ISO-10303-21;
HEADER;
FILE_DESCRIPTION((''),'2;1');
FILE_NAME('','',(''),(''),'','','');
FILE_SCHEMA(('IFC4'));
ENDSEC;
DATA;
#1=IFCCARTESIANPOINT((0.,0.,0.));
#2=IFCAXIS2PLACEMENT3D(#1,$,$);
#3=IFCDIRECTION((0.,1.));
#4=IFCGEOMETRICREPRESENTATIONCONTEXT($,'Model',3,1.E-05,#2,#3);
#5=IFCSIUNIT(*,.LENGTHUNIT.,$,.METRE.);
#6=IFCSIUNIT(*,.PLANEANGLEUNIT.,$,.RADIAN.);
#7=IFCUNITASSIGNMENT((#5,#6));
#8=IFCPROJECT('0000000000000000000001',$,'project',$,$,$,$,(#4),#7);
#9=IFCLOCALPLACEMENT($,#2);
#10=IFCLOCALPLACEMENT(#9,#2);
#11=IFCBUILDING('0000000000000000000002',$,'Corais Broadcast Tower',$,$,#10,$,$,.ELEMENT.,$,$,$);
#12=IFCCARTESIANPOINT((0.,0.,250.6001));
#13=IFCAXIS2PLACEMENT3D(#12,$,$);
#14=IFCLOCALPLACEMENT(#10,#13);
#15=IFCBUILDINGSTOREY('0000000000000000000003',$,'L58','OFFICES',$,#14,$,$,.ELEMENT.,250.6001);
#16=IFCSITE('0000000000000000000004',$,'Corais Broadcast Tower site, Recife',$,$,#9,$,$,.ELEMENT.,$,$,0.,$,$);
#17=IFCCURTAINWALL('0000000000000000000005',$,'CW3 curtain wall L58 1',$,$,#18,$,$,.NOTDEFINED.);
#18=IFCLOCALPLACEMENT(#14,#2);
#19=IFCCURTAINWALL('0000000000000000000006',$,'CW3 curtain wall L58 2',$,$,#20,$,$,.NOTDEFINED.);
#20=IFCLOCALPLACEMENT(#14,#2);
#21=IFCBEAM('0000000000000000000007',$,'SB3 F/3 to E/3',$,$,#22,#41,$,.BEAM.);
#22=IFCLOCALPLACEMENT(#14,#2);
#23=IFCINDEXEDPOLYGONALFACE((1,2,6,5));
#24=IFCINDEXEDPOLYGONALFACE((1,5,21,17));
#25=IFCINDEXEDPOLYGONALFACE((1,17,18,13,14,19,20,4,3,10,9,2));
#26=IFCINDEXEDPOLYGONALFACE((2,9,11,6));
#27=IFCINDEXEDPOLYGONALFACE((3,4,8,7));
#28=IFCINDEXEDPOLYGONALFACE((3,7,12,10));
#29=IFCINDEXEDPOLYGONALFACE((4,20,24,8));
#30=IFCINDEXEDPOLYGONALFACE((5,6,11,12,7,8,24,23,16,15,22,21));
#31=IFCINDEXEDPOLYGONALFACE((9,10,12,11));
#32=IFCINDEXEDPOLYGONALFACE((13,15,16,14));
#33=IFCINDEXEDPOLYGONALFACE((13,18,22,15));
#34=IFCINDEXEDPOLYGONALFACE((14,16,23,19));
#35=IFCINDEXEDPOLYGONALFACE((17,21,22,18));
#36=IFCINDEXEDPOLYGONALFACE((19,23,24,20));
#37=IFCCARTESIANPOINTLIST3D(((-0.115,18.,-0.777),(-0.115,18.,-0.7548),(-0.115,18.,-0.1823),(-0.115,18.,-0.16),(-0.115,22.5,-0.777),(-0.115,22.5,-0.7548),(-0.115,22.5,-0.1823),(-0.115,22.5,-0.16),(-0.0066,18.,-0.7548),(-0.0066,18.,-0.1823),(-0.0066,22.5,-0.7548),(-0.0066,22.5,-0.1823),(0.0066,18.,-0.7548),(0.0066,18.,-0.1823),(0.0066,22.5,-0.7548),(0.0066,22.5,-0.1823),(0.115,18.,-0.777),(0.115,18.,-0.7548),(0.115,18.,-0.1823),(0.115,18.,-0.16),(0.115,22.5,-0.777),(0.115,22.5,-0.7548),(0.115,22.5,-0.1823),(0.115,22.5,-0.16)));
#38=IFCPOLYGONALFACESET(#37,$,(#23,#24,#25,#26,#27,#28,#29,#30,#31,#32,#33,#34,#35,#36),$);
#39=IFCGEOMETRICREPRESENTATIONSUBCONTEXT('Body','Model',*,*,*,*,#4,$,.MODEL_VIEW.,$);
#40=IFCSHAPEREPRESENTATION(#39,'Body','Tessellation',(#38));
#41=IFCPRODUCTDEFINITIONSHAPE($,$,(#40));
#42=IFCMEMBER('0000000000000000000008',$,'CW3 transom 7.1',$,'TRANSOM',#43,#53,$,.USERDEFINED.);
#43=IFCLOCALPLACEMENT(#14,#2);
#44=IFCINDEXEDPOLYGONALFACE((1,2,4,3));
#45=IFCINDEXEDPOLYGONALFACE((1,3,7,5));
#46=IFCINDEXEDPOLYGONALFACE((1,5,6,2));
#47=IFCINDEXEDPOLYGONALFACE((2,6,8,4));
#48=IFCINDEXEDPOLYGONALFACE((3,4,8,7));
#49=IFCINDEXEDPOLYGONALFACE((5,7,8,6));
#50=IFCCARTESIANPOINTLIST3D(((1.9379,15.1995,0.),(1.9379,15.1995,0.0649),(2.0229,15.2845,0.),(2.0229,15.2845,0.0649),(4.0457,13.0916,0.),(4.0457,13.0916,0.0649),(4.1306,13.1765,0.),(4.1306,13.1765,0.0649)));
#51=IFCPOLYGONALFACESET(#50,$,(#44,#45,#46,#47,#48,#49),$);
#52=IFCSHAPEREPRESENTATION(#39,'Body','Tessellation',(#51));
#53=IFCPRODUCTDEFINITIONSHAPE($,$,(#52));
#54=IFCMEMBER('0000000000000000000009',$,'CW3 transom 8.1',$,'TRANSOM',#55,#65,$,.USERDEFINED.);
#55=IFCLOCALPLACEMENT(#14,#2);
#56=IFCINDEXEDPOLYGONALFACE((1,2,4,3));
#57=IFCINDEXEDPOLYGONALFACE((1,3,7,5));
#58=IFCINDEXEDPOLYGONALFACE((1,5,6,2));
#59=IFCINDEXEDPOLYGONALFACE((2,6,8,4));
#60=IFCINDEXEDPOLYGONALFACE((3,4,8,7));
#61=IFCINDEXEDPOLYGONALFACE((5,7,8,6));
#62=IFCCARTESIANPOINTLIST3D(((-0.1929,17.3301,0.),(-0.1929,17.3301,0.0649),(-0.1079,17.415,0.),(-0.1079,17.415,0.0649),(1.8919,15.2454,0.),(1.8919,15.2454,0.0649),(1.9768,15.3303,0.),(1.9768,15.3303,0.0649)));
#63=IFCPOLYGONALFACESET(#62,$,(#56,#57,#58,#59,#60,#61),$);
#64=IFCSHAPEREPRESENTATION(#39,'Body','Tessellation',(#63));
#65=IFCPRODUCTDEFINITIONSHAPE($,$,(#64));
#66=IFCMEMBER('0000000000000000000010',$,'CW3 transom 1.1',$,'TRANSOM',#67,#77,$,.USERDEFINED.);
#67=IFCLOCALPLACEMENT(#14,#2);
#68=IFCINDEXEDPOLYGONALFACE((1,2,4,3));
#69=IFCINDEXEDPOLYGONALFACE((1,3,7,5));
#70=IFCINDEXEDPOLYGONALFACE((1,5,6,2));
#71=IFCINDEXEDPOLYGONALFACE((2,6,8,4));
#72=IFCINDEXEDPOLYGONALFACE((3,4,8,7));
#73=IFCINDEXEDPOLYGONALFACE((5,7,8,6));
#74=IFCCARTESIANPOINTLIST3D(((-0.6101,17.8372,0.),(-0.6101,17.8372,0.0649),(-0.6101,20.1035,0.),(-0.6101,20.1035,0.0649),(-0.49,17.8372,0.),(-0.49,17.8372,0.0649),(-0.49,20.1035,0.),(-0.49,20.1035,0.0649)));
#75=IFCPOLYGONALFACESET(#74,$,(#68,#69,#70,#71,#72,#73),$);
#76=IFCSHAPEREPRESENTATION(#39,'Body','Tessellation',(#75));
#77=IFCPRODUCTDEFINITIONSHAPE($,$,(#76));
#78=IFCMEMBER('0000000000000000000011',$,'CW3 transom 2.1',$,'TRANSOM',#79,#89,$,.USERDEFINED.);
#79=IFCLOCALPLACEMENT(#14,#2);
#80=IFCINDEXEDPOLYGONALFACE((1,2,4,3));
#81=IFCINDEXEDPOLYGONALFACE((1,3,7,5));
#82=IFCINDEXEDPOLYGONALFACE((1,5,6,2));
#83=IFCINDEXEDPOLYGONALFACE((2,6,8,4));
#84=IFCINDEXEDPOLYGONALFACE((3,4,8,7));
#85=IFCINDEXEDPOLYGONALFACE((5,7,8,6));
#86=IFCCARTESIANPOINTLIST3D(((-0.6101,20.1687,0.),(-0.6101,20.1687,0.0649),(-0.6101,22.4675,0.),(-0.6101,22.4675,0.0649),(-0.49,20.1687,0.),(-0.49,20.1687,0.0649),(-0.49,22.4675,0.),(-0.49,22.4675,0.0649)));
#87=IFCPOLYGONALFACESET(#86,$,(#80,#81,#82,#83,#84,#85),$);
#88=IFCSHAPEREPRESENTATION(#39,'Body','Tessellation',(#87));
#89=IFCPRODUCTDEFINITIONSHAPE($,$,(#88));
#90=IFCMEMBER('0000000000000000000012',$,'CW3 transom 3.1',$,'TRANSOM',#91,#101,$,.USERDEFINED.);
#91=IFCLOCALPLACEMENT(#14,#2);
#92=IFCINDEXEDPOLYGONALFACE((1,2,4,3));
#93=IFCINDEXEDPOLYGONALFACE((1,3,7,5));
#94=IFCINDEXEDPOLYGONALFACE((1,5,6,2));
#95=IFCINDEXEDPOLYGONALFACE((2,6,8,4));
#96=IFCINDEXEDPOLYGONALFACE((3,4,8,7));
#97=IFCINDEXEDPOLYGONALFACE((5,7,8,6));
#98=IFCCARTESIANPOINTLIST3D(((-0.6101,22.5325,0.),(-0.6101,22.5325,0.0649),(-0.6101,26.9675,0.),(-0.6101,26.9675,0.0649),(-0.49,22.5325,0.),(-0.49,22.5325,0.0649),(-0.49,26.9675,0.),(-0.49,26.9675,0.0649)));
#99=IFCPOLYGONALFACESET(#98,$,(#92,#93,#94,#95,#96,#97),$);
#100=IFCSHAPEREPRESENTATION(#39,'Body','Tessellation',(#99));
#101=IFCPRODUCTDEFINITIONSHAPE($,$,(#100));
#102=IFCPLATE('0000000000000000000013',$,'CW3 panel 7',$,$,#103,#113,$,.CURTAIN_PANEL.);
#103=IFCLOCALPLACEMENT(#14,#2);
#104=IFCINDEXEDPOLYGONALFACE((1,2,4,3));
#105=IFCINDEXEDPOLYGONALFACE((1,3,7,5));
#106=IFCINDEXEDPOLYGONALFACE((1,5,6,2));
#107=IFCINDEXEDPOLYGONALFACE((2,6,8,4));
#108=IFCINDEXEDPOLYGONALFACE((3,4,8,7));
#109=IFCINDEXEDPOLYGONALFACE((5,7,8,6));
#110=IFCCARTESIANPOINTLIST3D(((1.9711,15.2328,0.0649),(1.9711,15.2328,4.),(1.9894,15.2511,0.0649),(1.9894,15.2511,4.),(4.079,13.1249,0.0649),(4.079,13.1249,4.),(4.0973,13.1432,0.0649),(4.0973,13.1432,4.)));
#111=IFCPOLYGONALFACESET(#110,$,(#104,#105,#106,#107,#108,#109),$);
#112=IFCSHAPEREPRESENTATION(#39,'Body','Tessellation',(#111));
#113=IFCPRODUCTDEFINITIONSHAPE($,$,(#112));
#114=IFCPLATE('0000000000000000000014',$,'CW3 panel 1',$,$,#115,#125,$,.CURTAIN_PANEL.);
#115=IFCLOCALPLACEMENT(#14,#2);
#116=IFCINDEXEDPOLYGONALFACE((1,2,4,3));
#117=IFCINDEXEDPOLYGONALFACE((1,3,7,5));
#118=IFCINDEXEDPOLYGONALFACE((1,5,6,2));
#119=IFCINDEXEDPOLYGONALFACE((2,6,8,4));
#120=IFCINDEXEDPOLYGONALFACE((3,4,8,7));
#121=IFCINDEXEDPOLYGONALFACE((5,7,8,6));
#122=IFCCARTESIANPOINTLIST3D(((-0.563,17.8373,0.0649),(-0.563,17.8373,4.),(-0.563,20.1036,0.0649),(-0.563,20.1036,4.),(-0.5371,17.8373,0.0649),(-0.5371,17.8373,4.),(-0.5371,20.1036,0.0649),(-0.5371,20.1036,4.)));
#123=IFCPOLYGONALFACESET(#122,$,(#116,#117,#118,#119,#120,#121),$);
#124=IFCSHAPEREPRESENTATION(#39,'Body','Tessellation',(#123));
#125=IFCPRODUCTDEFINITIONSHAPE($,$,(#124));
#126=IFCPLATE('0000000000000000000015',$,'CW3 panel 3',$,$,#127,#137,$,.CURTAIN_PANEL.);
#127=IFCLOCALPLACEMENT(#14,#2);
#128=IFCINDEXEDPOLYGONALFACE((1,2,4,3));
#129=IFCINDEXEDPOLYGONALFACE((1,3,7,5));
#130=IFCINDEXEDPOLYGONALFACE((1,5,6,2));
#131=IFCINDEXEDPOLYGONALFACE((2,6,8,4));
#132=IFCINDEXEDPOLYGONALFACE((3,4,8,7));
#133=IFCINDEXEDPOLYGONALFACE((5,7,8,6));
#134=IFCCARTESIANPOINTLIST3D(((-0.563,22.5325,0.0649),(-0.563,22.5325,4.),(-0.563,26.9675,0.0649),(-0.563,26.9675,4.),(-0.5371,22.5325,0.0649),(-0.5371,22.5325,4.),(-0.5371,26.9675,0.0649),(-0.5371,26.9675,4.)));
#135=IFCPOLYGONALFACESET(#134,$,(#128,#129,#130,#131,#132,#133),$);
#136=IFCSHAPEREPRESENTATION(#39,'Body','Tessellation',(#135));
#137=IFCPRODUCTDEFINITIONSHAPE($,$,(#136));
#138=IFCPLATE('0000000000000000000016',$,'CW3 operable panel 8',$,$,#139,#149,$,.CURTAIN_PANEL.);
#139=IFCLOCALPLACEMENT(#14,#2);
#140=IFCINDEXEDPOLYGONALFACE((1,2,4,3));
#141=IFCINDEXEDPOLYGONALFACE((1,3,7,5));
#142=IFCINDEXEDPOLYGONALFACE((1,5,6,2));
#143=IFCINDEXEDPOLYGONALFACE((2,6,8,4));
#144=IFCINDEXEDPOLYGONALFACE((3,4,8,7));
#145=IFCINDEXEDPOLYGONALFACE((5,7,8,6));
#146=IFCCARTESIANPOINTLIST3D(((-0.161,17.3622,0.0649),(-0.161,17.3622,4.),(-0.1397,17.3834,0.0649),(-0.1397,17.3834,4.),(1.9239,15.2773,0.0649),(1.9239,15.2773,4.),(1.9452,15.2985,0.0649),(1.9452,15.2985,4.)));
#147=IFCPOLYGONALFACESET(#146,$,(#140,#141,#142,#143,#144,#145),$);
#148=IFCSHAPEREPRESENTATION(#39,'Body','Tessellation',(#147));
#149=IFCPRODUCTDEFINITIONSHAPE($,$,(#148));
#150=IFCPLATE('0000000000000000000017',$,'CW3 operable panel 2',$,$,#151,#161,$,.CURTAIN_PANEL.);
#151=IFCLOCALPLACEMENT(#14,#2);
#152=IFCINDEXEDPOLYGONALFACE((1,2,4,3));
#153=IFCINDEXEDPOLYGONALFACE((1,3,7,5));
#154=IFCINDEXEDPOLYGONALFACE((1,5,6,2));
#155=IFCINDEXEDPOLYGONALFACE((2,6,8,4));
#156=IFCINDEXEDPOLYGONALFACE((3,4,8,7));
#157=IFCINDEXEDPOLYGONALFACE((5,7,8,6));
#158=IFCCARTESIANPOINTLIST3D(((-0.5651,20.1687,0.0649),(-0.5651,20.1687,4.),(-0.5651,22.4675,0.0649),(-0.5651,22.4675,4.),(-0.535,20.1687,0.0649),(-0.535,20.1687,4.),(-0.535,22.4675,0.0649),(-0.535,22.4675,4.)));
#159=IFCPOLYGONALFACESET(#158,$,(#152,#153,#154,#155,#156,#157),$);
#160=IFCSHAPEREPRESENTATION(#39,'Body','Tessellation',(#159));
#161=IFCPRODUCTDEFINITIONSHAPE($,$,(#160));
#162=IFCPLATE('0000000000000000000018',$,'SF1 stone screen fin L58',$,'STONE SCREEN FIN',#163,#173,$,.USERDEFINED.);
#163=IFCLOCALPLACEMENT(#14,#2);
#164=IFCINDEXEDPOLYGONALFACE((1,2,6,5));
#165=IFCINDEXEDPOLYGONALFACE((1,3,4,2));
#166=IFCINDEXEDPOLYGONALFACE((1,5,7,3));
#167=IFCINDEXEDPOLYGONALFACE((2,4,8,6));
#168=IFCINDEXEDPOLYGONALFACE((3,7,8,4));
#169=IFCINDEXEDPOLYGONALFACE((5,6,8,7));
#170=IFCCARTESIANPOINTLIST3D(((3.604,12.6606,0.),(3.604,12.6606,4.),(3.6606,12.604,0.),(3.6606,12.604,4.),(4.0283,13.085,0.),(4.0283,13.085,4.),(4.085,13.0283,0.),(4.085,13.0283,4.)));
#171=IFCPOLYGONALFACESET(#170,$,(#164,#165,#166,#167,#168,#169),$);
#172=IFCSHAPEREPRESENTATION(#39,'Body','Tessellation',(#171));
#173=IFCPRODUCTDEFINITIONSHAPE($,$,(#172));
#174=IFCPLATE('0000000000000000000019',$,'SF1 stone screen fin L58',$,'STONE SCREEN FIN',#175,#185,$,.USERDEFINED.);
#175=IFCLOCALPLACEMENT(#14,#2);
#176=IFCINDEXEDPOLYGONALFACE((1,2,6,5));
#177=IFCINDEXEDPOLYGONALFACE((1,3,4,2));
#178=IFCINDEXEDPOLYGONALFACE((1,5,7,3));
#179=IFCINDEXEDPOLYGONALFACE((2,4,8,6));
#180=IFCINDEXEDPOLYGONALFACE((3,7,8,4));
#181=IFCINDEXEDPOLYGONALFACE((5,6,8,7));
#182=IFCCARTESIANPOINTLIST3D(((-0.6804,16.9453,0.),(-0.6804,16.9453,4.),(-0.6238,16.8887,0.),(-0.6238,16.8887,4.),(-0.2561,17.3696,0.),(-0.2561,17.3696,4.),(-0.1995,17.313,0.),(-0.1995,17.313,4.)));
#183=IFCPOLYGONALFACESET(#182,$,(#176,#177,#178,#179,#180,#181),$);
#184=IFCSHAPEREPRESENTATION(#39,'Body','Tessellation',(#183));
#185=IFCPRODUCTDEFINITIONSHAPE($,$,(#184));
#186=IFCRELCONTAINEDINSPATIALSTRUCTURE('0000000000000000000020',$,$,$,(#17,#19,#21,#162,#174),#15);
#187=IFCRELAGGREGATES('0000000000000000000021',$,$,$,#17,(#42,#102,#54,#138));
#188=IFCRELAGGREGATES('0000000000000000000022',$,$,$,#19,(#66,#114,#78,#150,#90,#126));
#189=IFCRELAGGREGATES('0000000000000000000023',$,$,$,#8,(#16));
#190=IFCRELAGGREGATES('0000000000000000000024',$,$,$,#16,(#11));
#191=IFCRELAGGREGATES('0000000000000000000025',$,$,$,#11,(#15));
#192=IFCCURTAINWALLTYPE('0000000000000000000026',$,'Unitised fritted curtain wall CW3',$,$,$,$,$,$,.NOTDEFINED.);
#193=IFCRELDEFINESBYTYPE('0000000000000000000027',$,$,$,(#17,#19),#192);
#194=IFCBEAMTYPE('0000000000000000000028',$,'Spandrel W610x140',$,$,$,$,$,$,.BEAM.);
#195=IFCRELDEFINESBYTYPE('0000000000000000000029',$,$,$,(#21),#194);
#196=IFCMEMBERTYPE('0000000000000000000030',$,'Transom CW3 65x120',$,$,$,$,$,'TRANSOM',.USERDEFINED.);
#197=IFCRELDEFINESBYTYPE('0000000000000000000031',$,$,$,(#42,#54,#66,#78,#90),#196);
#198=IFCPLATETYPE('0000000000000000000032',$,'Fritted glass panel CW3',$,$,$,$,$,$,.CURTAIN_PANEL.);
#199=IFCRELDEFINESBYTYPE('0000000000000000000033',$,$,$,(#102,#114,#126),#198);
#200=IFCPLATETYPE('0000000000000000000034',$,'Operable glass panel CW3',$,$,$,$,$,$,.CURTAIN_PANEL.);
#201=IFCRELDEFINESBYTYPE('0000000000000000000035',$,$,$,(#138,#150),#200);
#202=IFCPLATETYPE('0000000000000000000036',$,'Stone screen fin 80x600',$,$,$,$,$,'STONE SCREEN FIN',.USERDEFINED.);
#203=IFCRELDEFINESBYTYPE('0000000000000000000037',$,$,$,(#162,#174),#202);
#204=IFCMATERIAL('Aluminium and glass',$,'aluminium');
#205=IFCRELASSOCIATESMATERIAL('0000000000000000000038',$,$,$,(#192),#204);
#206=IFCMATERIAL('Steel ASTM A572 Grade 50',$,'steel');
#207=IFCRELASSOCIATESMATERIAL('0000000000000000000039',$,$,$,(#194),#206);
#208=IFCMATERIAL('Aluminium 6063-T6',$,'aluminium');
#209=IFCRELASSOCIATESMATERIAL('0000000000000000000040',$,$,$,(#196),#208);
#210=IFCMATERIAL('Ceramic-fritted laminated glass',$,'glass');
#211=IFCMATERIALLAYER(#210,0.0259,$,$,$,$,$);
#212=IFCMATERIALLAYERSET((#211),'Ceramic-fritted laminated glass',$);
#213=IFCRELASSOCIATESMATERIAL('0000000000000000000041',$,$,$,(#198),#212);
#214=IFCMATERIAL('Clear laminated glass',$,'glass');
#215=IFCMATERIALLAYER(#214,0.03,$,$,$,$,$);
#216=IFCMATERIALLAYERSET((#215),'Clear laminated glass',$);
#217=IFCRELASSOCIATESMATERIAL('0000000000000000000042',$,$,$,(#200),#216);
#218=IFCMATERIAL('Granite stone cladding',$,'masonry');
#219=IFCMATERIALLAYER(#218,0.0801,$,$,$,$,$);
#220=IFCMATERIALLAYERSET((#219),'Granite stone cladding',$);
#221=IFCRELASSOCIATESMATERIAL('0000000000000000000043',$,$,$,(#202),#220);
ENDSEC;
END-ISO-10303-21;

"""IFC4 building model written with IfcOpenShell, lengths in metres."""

from ifc_helpers import new_model, si_unit, direction, frame, origin, origin_2d, place, context, subcontext, project, spatial, rectangle, i_section, extrude, material, layer, layer_set, material_profile, profile_set, type_object, element, aggregate, save


model = new_model("IFC4")

# Units and contexts
model_context = context("Model", 3, precision=1e-05, world=origin(), true_north=direction((0.0, 1.0)))
body_context = subcontext(model_context, "Body", "Model", "MODEL_VIEW")
ifc_project = project(units=[si_unit("LENGTHUNIT", "METRE"), si_unit("PLANEANGLEUNIT", "RADIAN")], contexts=[model_context])

# Site, building, storey
site_placement = place(None, origin())
site = spatial("IfcSite", under=ifc_project, at=site_placement, Name="Corais Broadcast Tower site, Recife", CompositionType="ELEMENT", RefElevation=0.0)
building_placement = place(site_placement, origin())
building = spatial("IfcBuilding", under=site, at=building_placement, Name="Corais Broadcast Tower", CompositionType="ELEMENT")
storey_placement = place(building_placement, frame((0.0, 0.0, 250.6001)))
storey = spatial("IfcBuildingStorey", under=building, at=storey_placement, Name="L58", Description="OFFICES", CompositionType="ELEMENT", Elevation=250.6001)

# Curtain walls
ifc_material_1 = material(Name="Aluminium and glass", Category="aluminium")
curtain_wall_type = type_object("IfcCurtainWallType", Name="Unitised fritted curtain wall CW3", PredefinedType="NOTDEFINED", material=ifc_material_1)
curtain_wall_1_placement = place(storey_placement, origin())
curtain_wall_1 = element("IfcCurtainWall", 1, at=curtain_wall_1_placement, inside=storey, type_object=curtain_wall_type, Name="CW3 curtain wall L58 1", PredefinedType="NOTDEFINED")
curtain_wall_2_placement = place(storey_placement, origin())
curtain_wall_2 = element("IfcCurtainWall", 2, at=curtain_wall_2_placement, inside=storey, type_object=curtain_wall_type, Name="CW3 curtain wall L58 2", PredefinedType="NOTDEFINED")

# Beam
ifc_material_2 = material(Name="Steel ASTM A572 Grade 50", Category="steel")
ifc_material_profile_1 = material_profile(ifc_material_2, i_section(OverallWidth=0.23, OverallDepth=0.6169, WebThickness=0.0132, FlangeThickness=0.0222, at=origin_2d()), Name="W610x140")
ifc_profile_set_1 = profile_set([ifc_material_profile_1], Name="Steel ASTM A572 Grade 50")
beam_type_1 = type_object("IfcBeamType", Name="Spandrel W610x140", PredefinedType="BEAM", material=ifc_profile_set_1)
beam_1_placement = place(storey_placement, frame((0.0, 22.5, -0.4685), z_axis=(0.0, -1.0, 0.0), x_axis=(1.0, 0.0, 0.0)))
element("IfcBeam", 3, at=beam_1_placement, inside=storey, type_object=beam_type_1, Name="SB3 F/3 to E/3", PredefinedType="BEAM", context=body_context, shape_type="SweptSolid", body=[
    extrude(i_section(OverallWidth=0.23, OverallDepth=0.6169, WebThickness=0.0132, FlangeThickness=0.0222, at=origin_2d()), origin(), (0.0, 0.0, 1.0), 4.5),
])

# Members
ifc_material_3 = material(Name="Aluminium 6063-T6", Category="aluminium")
ifc_material_profile_2 = material_profile(ifc_material_3, rectangle(XDim=0.1201, YDim=0.0649, at=origin_2d()), Name="Transom CW3 65x120")
ifc_profile_set_2 = profile_set([ifc_material_profile_2], Name="Aluminium 6063-T6")
member_type_1 = type_object("IfcMemberType", Name="Transom CW3 65x120", ElementType="TRANSOM", PredefinedType="USERDEFINED", material=ifc_profile_set_2)
member_1_placement = place(storey_placement, frame((4.0881, 13.134, 0.0325), z_axis=(-0.707066, 0.707148, 0.0), x_axis=(-0.707148, -0.707066, 0.0)))
member_1 = element("IfcMember", 4, at=member_1_placement, type_object=member_type_1, Name="CW3 transom 7.1", ObjectType="TRANSOM", PredefinedType="USERDEFINED", context=body_context, shape_type="SweptSolid", body=[
    extrude(rectangle(XDim=0.1201, YDim=0.0649, at=origin_2d()), origin(), (0.0, 0.0, 1.0), 2.981),
])
member_2_placement = place(storey_placement, frame((1.9343, 15.2878, 0.0325), z_axis=(-0.707107, 0.707107, 0.0), x_axis=(-0.707107, -0.707107, 0.0)))
member_2 = element("IfcMember", 5, at=member_2_placement, type_object=member_type_1, Name="CW3 transom 8.1", ObjectType="TRANSOM", PredefinedType="USERDEFINED", context=body_context, shape_type="SweptSolid", body=[
    extrude(rectangle(XDim=0.1201, YDim=0.0649, at=origin_2d()), origin(), (0.0, 0.0, 1.0), 2.9482),
])
member_3_placement = place(storey_placement, frame((-0.55, 17.8372, 0.0325), z_axis=(0.0, 1.0, 0.0), x_axis=(-1.0, 0.0, 0.0)))
member_3 = element("IfcMember", 6, at=member_3_placement, type_object=member_type_1, Name="CW3 transom 1.1", ObjectType="TRANSOM", PredefinedType="USERDEFINED", context=body_context, shape_type="SweptSolid", body=[
    extrude(rectangle(XDim=0.1201, YDim=0.0649, at=origin_2d()), origin(), (0.0, 0.0, 1.0), 2.2664),
])
member_4_placement = place(storey_placement, frame((-0.55, 20.1687, 0.0325), z_axis=(0.0, 1.0, 0.0), x_axis=(-1.0, 0.0, 0.0)))
member_4 = element("IfcMember", 7, at=member_4_placement, type_object=member_type_1, Name="CW3 transom 2.1", ObjectType="TRANSOM", PredefinedType="USERDEFINED", context=body_context, shape_type="SweptSolid", body=[
    extrude(rectangle(XDim=0.1201, YDim=0.0649, at=origin_2d()), origin(), (0.0, 0.0, 1.0), 2.2988),
])
member_5_placement = place(storey_placement, frame((-0.55, 22.5325, 0.0325), z_axis=(0.0, 1.0, 0.0), x_axis=(-1.0, 0.0, 0.0)))
member_5 = element("IfcMember", 8, at=member_5_placement, type_object=member_type_1, Name="CW3 transom 3.1", ObjectType="TRANSOM", PredefinedType="USERDEFINED", context=body_context, shape_type="SweptSolid", body=[
    extrude(rectangle(XDim=0.1201, YDim=0.0649, at=origin_2d()), origin(), (0.0, 0.0, 1.0), 4.4351),
])

# Plates
ifc_material_4 = material(Name="Ceramic-fritted laminated glass", Category="glass")
ifc_layer_1 = layer(ifc_material_4, 0.0259)
ifc_layer_set_1 = layer_set([ifc_layer_1], Name="Ceramic-fritted laminated glass")
plate_type_1 = type_object("IfcPlateType", Name="Fritted glass panel CW3", PredefinedType="CURTAIN_PANEL", material=ifc_layer_set_1)
plate_1_placement = place(storey_placement, frame((3.0342, 14.188, 0.0649), z_axis=(0.0, 0.0, 1.0), x_axis=(-0.707107, 0.707107, 0.0)))
plate_1 = element("IfcPlate", 9, at=plate_1_placement, type_object=plate_type_1, Name="CW3 panel 7", PredefinedType="CURTAIN_PANEL", context=body_context, shape_type="SweptSolid", body=[
    extrude(rectangle(XDim=2.981, YDim=0.0259, at=origin_2d()), origin(), (0.0, 0.0, 1.0), 3.9351),
])
plate_2_placement = place(storey_placement, frame((-0.55, 18.9705, 0.0649), z_axis=(0.0, 0.0, 1.0), x_axis=(0.0, 1.0, 0.0)))
plate_2 = element("IfcPlate", 10, at=plate_2_placement, type_object=plate_type_1, Name="CW3 panel 1", PredefinedType="CURTAIN_PANEL", context=body_context, shape_type="SweptSolid", body=[
    extrude(rectangle(XDim=2.2664, YDim=0.0259, at=origin_2d()), origin(), (0.0, 0.0, 1.0), 3.9351),
])
plate_3_placement = place(storey_placement, frame((-0.55, 24.75, 0.0649), z_axis=(0.0, 0.0, 1.0), x_axis=(0.0, 1.0, 0.0)))
plate_3 = element("IfcPlate", 11, at=plate_3_placement, type_object=plate_type_1, Name="CW3 panel 3", PredefinedType="CURTAIN_PANEL", context=body_context, shape_type="SweptSolid", body=[
    extrude(rectangle(XDim=4.4351, YDim=0.0259, at=origin_2d()), origin(), (0.0, 0.0, 1.0), 3.9351),
])
ifc_material_5 = material(Name="Clear laminated glass", Category="glass")
ifc_layer_2 = layer(ifc_material_5, 0.03)
ifc_layer_set_2 = layer_set([ifc_layer_2], Name="Clear laminated glass")
plate_type_2 = type_object("IfcPlateType", Name="Operable glass panel CW3", PredefinedType="CURTAIN_PANEL", material=ifc_layer_set_2)
plate_4_placement = place(storey_placement, frame((0.8921, 16.3303, 0.0649), z_axis=(0.0, 0.0, 1.0), x_axis=(-0.707107, 0.707107, 0.0)))
plate_4 = element("IfcPlate", 12, at=plate_4_placement, type_object=plate_type_2, Name="CW3 operable panel 8", PredefinedType="CURTAIN_PANEL", context=body_context, shape_type="SweptSolid", body=[
    extrude(rectangle(XDim=2.9485, YDim=0.03, at=origin_2d()), origin(), (0.0, 0.0, 1.0), 3.9351),
])
aggregate(curtain_wall_1, [member_1, plate_1, member_2, plate_4])
plate_5_placement = place(storey_placement, frame((-0.55, 21.3181, 0.0649), z_axis=(0.0, 0.0, 1.0), x_axis=(0.0, 1.0, 0.0)))
plate_5 = element("IfcPlate", 13, at=plate_5_placement, type_object=plate_type_2, Name="CW3 operable panel 2", PredefinedType="CURTAIN_PANEL", context=body_context, shape_type="SweptSolid", body=[
    extrude(rectangle(XDim=2.2988, YDim=0.03, at=origin_2d()), origin(), (0.0, 0.0, 1.0), 3.9351),
])
aggregate(curtain_wall_2, [member_3, plate_2, member_4, plate_5, member_5, plate_3])

# Plates
ifc_material_6 = material(Name="Granite stone cladding", Category="masonry")
ifc_layer_3 = layer(ifc_material_6, 0.0801)
ifc_layer_set_3 = layer_set([ifc_layer_3], Name="Granite stone cladding")
plate_type_3 = type_object("IfcPlateType", Name="Stone screen fin 80x600", ElementType="STONE SCREEN FIN", PredefinedType="USERDEFINED", material=ifc_layer_set_3)
for number, where, z_axis, x_axis, name in (
    (14, (3.8445, 12.8445, 0.0), (0.0, 0.0, 1.0), (-0.707107, 0.707107, 0.0), "SF1 stone screen fin L58"),
    (15, (-0.4399, 17.1292, 0.0), (0.0, 0.0, 1.0), (-0.707107, 0.707107, 0.0), "SF1 stone screen fin L58"),
):
    element("IfcPlate", number, at=place(storey_placement, frame(where, z_axis=z_axis, x_axis=x_axis)), inside=storey, type_object=plate_type_3, Name=name, ObjectType="STONE SCREEN FIN", PredefinedType="USERDEFINED", context=body_context, shape_type="SweptSolid", body=[
        extrude(rectangle(XDim=0.0801, YDim=0.6001, at=origin_2d()), origin(), (0.0, 0.0, 1.0), 4.0),
    ])

save(model, "model.ifc")
